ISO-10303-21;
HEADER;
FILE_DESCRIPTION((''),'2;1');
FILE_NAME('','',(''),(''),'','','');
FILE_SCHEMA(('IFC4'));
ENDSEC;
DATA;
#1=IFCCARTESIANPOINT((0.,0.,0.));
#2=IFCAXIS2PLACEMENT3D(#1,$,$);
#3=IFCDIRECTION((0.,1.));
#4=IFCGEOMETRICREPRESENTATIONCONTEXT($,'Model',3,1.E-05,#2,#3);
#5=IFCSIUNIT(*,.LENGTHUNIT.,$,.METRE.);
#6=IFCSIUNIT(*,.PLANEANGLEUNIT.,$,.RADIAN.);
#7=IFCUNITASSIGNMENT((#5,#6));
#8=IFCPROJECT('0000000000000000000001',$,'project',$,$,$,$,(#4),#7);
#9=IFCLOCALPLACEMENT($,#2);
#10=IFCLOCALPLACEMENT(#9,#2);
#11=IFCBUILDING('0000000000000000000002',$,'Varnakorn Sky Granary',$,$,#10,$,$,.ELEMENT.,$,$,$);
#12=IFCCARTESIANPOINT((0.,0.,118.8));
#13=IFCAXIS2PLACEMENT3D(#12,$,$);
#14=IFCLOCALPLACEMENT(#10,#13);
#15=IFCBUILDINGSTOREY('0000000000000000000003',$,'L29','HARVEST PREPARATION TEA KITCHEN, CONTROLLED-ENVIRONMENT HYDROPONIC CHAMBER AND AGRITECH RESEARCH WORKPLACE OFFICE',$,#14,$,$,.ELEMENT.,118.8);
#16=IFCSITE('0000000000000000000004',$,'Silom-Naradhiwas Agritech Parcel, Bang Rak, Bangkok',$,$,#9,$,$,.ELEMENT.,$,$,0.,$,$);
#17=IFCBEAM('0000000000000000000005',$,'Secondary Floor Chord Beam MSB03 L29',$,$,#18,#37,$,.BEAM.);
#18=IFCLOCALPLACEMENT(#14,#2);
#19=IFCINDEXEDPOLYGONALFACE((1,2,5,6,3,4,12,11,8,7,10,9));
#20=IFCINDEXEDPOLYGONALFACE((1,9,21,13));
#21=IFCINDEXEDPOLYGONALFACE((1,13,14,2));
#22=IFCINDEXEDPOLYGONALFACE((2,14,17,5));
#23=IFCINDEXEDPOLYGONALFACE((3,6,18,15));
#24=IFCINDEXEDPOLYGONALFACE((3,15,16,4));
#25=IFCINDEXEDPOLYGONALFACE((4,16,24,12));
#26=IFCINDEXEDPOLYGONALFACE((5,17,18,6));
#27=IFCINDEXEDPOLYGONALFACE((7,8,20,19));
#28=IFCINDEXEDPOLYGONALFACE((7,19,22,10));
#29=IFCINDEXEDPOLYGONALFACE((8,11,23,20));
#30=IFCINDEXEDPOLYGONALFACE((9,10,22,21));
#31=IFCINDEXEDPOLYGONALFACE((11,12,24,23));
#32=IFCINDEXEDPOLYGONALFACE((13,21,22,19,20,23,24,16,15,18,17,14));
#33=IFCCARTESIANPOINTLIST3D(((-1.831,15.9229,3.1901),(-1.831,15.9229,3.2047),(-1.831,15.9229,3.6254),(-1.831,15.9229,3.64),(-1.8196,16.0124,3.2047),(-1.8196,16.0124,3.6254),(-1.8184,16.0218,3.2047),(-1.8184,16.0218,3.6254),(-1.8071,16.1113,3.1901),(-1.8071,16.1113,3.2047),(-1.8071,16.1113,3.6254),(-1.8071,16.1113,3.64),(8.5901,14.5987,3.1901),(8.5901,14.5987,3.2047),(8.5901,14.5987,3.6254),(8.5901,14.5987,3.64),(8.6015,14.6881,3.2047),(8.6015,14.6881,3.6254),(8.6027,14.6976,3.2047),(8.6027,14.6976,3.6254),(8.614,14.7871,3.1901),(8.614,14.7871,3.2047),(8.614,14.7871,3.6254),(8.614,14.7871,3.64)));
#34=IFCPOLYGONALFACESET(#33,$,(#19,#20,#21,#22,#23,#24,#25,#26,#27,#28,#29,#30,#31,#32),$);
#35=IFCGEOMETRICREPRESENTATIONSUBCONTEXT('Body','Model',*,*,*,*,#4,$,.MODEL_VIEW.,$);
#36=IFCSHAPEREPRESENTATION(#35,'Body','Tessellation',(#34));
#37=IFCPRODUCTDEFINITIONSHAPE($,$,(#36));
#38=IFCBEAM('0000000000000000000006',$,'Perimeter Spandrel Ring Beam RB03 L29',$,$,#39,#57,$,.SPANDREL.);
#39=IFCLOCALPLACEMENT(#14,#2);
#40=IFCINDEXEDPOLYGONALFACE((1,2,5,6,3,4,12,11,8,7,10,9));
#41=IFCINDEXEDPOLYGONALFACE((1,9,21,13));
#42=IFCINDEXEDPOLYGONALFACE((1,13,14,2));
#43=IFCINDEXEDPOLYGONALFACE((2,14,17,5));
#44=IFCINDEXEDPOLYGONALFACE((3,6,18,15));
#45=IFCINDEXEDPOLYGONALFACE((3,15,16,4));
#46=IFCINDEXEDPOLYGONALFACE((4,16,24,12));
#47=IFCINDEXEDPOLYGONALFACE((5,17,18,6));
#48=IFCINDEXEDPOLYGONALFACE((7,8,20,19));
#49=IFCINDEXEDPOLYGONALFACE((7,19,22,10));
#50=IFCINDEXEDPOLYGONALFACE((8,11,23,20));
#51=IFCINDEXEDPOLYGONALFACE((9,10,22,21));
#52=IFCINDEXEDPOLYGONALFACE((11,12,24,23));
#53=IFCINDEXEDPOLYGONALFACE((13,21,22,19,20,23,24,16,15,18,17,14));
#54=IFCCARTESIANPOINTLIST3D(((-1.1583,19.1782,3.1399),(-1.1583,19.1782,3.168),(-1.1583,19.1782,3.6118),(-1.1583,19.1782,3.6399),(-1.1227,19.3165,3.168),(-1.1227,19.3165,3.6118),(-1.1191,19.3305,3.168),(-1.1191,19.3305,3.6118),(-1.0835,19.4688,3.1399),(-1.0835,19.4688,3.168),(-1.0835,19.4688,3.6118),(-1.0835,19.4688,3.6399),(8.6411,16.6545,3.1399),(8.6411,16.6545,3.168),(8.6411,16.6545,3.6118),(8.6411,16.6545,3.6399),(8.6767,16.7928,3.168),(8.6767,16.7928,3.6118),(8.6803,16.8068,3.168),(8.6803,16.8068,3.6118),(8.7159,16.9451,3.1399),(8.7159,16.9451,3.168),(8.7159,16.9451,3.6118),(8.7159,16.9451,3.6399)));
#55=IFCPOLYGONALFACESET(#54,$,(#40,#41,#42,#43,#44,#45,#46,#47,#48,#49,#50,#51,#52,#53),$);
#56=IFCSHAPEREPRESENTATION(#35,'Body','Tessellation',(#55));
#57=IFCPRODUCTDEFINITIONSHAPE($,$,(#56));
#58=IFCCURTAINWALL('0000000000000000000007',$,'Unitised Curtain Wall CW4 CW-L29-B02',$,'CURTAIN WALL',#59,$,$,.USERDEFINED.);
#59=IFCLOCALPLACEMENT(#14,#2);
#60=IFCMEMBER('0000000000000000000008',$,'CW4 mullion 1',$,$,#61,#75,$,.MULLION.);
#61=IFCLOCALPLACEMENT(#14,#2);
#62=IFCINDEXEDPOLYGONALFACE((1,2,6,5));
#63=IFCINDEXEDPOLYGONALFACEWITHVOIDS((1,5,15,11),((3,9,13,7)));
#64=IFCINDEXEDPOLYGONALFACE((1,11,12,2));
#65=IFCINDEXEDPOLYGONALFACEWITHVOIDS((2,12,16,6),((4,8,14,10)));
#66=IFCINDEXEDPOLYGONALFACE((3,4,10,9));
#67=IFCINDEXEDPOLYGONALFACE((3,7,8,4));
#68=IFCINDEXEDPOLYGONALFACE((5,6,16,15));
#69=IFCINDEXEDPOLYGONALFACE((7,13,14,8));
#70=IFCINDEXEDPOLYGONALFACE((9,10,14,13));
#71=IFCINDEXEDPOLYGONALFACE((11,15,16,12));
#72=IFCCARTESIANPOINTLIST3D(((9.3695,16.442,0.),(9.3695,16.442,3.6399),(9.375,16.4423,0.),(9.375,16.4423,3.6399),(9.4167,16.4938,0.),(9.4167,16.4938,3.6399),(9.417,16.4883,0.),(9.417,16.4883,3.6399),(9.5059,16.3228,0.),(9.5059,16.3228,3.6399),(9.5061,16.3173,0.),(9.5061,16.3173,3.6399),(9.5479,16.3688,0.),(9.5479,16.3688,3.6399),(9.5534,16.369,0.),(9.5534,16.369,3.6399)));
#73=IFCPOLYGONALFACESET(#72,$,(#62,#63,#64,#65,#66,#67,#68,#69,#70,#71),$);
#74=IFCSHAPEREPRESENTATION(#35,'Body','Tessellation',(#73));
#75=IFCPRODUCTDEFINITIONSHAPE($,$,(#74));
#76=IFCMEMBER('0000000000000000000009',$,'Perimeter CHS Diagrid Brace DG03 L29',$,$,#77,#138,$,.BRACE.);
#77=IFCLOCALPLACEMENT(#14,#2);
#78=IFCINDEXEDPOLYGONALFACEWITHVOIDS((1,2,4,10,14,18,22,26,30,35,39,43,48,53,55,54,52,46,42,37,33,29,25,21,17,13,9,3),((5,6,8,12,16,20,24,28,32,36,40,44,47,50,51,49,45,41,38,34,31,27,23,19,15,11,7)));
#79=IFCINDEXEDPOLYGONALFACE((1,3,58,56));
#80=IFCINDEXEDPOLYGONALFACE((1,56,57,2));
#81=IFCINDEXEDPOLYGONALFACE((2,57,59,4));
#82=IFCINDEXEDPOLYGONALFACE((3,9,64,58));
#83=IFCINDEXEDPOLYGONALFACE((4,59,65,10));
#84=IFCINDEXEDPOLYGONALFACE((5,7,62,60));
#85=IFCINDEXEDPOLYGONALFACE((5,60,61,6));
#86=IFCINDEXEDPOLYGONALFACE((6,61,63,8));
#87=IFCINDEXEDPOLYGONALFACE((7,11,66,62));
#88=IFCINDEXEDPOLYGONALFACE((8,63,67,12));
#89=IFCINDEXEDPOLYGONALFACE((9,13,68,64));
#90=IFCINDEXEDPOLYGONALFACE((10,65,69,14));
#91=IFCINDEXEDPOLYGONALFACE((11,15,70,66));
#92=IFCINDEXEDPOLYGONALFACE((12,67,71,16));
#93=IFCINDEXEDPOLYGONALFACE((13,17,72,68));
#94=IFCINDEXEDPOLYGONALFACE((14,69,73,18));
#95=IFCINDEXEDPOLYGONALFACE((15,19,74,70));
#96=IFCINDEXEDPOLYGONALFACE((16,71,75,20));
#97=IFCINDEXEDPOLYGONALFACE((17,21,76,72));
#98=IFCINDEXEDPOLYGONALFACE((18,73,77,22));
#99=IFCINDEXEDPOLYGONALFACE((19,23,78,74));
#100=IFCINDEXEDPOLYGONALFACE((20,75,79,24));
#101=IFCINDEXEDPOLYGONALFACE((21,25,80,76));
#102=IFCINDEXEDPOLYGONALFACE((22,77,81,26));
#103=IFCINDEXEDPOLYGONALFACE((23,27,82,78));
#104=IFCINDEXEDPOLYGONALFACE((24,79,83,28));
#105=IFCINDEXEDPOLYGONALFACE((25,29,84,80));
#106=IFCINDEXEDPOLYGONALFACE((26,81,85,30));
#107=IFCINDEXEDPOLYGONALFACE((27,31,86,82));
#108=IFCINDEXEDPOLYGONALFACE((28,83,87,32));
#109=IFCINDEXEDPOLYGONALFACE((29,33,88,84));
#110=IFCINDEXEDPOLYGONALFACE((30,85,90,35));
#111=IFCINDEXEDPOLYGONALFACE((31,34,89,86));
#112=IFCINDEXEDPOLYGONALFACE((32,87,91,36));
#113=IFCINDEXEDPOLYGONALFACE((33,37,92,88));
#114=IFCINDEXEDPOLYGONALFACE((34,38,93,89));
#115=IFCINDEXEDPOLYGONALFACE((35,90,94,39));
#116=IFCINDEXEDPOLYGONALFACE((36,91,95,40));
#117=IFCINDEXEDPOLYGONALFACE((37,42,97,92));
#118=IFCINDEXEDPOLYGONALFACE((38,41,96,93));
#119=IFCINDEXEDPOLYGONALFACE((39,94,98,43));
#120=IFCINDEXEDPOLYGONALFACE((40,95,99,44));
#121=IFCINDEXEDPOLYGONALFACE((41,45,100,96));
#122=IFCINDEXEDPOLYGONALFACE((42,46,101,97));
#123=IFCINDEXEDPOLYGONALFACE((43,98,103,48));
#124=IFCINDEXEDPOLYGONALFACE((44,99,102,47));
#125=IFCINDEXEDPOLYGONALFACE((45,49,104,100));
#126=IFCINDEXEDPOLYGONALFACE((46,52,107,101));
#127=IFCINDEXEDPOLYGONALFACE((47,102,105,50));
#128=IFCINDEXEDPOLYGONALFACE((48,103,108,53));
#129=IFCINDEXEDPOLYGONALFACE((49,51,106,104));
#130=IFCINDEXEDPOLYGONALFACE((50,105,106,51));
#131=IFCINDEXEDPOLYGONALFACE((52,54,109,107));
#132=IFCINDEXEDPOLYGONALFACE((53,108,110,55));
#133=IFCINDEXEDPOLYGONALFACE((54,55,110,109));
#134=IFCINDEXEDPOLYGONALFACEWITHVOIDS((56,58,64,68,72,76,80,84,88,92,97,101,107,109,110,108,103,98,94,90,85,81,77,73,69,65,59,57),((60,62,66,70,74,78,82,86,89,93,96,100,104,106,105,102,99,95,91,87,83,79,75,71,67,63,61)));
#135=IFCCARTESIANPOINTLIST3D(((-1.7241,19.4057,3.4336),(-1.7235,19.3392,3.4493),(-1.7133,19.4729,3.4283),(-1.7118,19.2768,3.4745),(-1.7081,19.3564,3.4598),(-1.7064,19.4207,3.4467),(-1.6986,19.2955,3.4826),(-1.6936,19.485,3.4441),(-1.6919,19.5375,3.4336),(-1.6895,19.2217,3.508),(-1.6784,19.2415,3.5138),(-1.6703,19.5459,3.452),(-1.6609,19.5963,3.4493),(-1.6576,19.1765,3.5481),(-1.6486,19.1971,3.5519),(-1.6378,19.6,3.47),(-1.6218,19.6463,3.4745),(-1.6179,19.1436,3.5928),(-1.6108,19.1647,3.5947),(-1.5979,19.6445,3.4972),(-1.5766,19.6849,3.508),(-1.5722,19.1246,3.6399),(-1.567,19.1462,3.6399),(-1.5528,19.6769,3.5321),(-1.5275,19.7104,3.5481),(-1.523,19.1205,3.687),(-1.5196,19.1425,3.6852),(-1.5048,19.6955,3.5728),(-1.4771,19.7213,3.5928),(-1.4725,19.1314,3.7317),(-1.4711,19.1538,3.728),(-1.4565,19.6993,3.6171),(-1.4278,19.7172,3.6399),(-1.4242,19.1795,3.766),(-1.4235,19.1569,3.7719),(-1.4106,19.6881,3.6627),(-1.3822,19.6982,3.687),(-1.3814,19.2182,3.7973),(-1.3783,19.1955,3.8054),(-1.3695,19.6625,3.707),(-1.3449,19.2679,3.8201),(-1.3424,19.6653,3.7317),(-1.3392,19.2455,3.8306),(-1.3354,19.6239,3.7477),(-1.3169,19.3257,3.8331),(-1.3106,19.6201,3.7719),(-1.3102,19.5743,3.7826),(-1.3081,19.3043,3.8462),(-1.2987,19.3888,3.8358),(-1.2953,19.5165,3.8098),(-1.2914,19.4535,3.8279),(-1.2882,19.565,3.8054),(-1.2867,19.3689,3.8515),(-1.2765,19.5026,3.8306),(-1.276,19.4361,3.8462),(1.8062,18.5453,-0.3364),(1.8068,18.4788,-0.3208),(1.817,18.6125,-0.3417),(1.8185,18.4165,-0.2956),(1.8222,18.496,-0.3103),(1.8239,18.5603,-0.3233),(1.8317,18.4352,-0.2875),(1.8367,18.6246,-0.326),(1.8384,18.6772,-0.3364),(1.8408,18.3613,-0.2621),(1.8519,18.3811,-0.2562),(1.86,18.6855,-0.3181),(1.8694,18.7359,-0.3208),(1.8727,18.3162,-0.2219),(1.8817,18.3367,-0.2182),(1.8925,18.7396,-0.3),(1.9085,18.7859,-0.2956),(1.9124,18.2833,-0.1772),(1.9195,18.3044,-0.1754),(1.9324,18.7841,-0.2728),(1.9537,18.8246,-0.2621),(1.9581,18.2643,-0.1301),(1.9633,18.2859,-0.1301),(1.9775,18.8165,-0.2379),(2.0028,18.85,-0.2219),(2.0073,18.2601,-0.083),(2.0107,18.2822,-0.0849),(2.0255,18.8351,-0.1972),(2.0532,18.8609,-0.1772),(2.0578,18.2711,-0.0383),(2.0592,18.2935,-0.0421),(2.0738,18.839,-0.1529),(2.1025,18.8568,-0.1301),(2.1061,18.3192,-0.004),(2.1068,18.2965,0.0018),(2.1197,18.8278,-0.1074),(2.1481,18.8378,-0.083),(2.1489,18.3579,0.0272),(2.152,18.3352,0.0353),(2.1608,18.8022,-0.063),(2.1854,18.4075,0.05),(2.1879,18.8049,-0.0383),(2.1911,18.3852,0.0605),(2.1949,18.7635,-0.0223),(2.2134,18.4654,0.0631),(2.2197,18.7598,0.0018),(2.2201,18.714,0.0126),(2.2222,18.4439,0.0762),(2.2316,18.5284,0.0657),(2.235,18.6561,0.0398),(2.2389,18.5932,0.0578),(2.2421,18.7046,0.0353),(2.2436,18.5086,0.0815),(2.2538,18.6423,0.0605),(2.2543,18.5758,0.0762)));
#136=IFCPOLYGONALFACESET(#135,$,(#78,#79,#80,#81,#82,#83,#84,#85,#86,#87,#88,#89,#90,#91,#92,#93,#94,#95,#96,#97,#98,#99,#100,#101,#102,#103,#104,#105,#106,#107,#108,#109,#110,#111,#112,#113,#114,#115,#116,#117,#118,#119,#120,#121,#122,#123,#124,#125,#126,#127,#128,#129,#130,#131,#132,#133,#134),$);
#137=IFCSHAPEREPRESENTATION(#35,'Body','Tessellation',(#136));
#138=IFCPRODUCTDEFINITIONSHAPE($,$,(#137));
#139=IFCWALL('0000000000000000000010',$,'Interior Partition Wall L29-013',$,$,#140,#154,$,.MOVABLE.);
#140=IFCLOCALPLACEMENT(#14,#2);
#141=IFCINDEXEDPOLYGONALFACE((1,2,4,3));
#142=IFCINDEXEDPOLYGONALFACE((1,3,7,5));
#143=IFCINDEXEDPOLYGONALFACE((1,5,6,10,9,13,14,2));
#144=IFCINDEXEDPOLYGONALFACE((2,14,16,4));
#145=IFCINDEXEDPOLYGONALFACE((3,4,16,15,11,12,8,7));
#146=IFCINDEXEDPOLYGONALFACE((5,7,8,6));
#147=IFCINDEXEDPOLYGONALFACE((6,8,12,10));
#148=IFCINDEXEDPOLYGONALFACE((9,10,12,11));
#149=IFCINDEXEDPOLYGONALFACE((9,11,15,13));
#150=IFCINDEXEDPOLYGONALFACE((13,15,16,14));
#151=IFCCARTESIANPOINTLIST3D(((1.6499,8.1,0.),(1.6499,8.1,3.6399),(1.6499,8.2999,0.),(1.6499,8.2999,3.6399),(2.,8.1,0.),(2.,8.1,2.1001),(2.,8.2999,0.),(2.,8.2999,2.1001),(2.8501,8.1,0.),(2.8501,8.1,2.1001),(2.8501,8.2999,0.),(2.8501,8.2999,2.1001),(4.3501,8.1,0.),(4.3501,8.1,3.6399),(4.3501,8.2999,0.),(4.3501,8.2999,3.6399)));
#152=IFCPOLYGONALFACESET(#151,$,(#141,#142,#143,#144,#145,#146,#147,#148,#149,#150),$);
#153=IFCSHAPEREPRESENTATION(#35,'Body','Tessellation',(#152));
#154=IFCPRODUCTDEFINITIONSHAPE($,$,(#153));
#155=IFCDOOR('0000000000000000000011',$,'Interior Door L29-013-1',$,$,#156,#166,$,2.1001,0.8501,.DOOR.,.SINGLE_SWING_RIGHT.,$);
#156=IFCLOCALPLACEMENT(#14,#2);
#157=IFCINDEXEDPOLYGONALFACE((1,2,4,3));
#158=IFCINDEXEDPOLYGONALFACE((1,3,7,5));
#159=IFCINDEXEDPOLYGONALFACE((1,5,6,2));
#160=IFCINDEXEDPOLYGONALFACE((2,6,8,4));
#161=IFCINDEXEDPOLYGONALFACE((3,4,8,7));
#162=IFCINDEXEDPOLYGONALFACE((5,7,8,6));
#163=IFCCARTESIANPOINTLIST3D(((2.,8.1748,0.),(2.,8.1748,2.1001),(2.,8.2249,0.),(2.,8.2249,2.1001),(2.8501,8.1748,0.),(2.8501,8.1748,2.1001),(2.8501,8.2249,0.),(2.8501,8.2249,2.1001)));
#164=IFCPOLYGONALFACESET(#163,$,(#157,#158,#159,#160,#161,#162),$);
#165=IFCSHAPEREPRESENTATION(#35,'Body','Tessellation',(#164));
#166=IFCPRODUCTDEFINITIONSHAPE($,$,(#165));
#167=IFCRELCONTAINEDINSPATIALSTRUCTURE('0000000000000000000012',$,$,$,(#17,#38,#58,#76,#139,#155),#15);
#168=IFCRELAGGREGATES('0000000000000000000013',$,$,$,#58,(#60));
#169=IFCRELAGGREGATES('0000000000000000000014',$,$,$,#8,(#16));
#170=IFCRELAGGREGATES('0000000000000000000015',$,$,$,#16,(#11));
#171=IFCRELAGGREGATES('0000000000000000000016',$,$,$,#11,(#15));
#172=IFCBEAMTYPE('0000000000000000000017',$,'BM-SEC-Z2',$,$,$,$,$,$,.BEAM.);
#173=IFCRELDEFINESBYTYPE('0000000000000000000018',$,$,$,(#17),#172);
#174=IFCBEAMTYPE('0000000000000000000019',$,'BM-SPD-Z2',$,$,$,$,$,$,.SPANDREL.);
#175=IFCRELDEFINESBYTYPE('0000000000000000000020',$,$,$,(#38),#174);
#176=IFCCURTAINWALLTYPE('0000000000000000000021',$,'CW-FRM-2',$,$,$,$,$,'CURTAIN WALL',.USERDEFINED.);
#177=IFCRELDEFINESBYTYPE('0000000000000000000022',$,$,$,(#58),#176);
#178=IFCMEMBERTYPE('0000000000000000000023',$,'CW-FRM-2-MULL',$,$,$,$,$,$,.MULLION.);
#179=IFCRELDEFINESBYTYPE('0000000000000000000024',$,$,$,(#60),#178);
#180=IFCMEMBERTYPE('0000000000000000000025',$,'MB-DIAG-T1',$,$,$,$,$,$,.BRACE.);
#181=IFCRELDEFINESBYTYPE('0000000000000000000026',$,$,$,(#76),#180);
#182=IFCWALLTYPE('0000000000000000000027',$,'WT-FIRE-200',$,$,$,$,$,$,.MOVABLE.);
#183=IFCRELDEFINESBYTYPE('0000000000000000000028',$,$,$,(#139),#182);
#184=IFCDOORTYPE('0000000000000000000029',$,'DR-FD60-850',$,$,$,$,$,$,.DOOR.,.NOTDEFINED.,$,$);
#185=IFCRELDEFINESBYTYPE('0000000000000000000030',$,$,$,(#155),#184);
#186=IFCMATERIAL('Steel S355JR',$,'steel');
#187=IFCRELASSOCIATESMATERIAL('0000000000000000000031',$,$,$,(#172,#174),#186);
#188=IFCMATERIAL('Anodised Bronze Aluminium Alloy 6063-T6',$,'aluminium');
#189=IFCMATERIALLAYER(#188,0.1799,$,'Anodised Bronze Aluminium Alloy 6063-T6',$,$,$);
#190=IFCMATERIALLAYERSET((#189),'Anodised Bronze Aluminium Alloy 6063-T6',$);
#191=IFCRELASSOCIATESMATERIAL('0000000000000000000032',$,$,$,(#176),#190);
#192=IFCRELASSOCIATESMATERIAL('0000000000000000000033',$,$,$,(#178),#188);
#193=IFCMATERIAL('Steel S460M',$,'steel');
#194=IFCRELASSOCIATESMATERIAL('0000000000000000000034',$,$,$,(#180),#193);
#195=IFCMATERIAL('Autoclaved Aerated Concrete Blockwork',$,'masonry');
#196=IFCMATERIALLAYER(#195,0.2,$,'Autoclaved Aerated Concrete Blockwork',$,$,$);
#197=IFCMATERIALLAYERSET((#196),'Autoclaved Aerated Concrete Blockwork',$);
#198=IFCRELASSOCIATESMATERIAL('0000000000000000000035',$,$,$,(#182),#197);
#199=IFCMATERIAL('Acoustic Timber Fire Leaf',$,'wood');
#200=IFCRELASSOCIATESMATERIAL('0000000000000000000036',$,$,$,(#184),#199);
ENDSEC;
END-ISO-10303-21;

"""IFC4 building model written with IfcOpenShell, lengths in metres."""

from ifc_helpers import new_model, si_unit, direction, frame, frame_2d, origin, origin_2d, place, context, subcontext, project, spatial, rectangle, hollow_rectangle, hollow_circle, i_section, extrude, material, layer, layer_set, material_profile, profile_set, type_object, element, fill, aggregate, save


model = new_model("IFC4")

# Units and contexts
model_context = context("Model", 3, precision=1e-05, world=origin(), true_north=direction((0.0, 1.0)))
body_context = subcontext(model_context, "Body", "Model", "MODEL_VIEW")
ifc_project = project(units=[si_unit("LENGTHUNIT", "METRE"), si_unit("PLANEANGLEUNIT", "RADIAN")], contexts=[model_context])

# Site, building, storey
site_placement = place(None, origin())
site = spatial("IfcSite", under=ifc_project, at=site_placement, Name="Silom-Naradhiwas Agritech Parcel, Bang Rak, Bangkok", CompositionType="ELEMENT", RefElevation=0.0)
building_placement = place(site_placement, origin())
building = spatial("IfcBuilding", under=site, at=building_placement, Name="Varnakorn Sky Granary", CompositionType="ELEMENT")
storey_placement = place(building_placement, frame((0.0, 0.0, 118.8)))
storey = spatial("IfcBuildingStorey", under=building, at=storey_placement, Name="L29", Description="HARVEST PREPARATION TEA KITCHEN, CONTROLLED-ENVIRONMENT HYDROPONIC CHAMBER AND AGRITECH RESEARCH WORKPLACE OFFICE", CompositionType="ELEMENT", Elevation=118.8)

# Shared definitions
ifc_material_1 = material(Name="Steel S460M", Category="steel")

# Beams
ifc_material_2 = material(Name="Steel S355JR", Category="steel")
ifc_material_profile_1 = material_profile(ifc_material_2, i_section(OverallWidth=0.1899, OverallDepth=0.45, WebThickness=0.0095, FlangeThickness=0.0146, at=origin_2d()), Name="IPE 450")
ifc_profile_set_1 = profile_set([ifc_material_profile_1], Name="Steel S355JR")
beam_type_1 = type_object("IfcBeamType", Name="BM-SEC-Z2", PredefinedType="BEAM", material=ifc_profile_set_1)
beam_1_placement = place(storey_placement, frame((8.6021, 14.6929, 3.415), z_axis=(-0.992023, 0.126057, 0.0), x_axis=(-0.126057, -0.992023, 0.0)))
element("IfcBeam", 1, at=beam_1_placement, inside=storey, type_object=beam_type_1, Name="Secondary Floor Chord Beam MSB03 L29", PredefinedType="BEAM", context=body_context, shape_type="SweptSolid", body=[
    extrude(i_section(OverallWidth=0.1899, OverallDepth=0.45, WebThickness=0.0095, FlangeThickness=0.0146, at=origin_2d()), origin(), (0.0, 0.0, 1.0), 10.5049),
])
ifc_material_profile_2 = material_profile(ifc_material_2, i_section(OverallWidth=0.3, OverallDepth=0.5, WebThickness=0.0144, FlangeThickness=0.0281, at=origin_2d()), Name="HE 500 B")
ifc_profile_set_2 = profile_set([ifc_material_profile_2], Name="Steel S355JR")
beam_type_2 = type_object("IfcBeamType", Name="BM-SPD-Z2", PredefinedType="SPANDREL", material=ifc_profile_set_2)
beam_2_placement = place(storey_placement, frame((8.6785, 16.7998, 3.3899), z_axis=(-0.968401, 0.249399, 0.0), x_axis=(-0.249399, -0.968401, 0.0)))
element("IfcBeam", 2, at=beam_2_placement, inside=storey, type_object=beam_type_2, Name="Perimeter Spandrel Ring Beam RB03 L29", PredefinedType="SPANDREL", context=body_context, shape_type="SweptSolid", body=[
    extrude(i_section(OverallWidth=0.3, OverallDepth=0.5, WebThickness=0.0144, FlangeThickness=0.0281, at=origin_2d()), origin(), (0.0, 0.0, 1.0), 10.1191),
])

# Curtain wall, member
ifc_material_3 = material(Name="Anodised Bronze Aluminium Alloy 6063-T6", Category="aluminium")
ifc_layer_1 = layer(ifc_material_3, 0.1799, Name="Anodised Bronze Aluminium Alloy 6063-T6")
ifc_layer_set_1 = layer_set([ifc_layer_1], Name="Anodised Bronze Aluminium Alloy 6063-T6")
curtain_wall_type = type_object("IfcCurtainWallType", Name="CW-FRM-2", ElementType="CURTAIN WALL", PredefinedType="USERDEFINED", material=ifc_layer_set_1)
curtain_wall_placement = place(storey_placement, origin())
curtain_wall = element("IfcCurtainWall", 3, at=curtain_wall_placement, inside=storey, type_object=curtain_wall_type, Name="Unitised Curtain Wall CW4 CW-L29-B02", ObjectType="CURTAIN WALL", PredefinedType="USERDEFINED")
ifc_material_profile_3 = material_profile(ifc_material_3, hollow_rectangle(XDim=0.0701, YDim=0.1851, WallThickness=0.0039, at=origin_2d()), Name="ALU MULL 70x185")
ifc_profile_set_3 = profile_set([ifc_material_profile_3], Name="Anodised Bronze Aluminium Alloy 6063-T6")
member_type_1 = type_object("IfcMemberType", Name="CW-FRM-2-MULL", PredefinedType="MULLION", material=ifc_profile_set_3)
member_1_placement = place(storey_placement, frame((9.4614, 16.4055, 0.0), z_axis=(0.0, 0.0, 1.0), x_axis=(0.674153, 0.738592, 0.0)))
member_1 = element("IfcMember", 4, at=member_1_placement, type_object=member_type_1, Name="CW4 mullion 1", PredefinedType="MULLION", context=body_context, shape_type="SweptSolid", body=[
    extrude(hollow_rectangle(XDim=0.0701, YDim=0.1851, WallThickness=0.0039, at=origin_2d()), origin(), (0.0, 0.0, 1.0), 3.6399),
])
aggregate(curtain_wall, [member_1])

# Member
ifc_material_profile_4 = material_profile(ifc_material_1, hollow_circle(Radius=0.3049, WallThickness=0.0222, at=origin_2d()), Name="CHS 610x22")
ifc_profile_set_4 = profile_set([ifc_material_profile_4], Name="Steel S460M")
member_type_2 = type_object("IfcMemberType", Name="MB-DIAG-T1", PredefinedType="BRACE", material=ifc_profile_set_4)
member_2_placement = place(storey_placement, frame((2.0303, 18.5605, -0.1301), z_axis=(-0.674226, 0.164314, 0.720014), x_axis=(-0.236777, -0.971564, 0.0)))
element("IfcMember", 5, at=member_2_placement, inside=storey, type_object=member_type_2, Name="Perimeter CHS Diagrid Brace DG03 L29", PredefinedType="BRACE", context=body_context, shape_type="SweptSolid", body=[
    extrude(hollow_circle(Radius=0.3049, WallThickness=0.0222, at=origin_2d()), origin(), (0.0, 0.0, 1.0), 5.2361),
])

# Wall, opening, door
ifc_material_4 = material(Name="Autoclaved Aerated Concrete Blockwork", Category="masonry")
ifc_layer_2 = layer(ifc_material_4, 0.2, Name="Autoclaved Aerated Concrete Blockwork")
ifc_layer_set_2 = layer_set([ifc_layer_2], Name="Autoclaved Aerated Concrete Blockwork")
wall_type_1 = type_object("IfcWallType", Name="WT-FIRE-200", PredefinedType="MOVABLE", material=ifc_layer_set_2)
wall_1_placement = place(storey_placement, frame((1.6499, 8.2, 0.0), z_axis=(0.0, 0.0, 1.0), x_axis=(1.0, 0.0, 0.0)))
wall_1 = element("IfcWall", 6, at=wall_1_placement, inside=storey, type_object=wall_type_1, Name="Interior Partition Wall L29-013", PredefinedType="MOVABLE", context=body_context, shape_type="SweptSolid", body=[
    extrude(rectangle(XDim=2.7002, YDim=0.2, at=frame_2d((1.3501, 0.0))), origin(), (0.0, 0.0, 1.0), 3.6399),
])
opening_1_placement = place(wall_1_placement, frame((0.3501, 0.0, 0.0)))
opening_1 = element("IfcOpeningElement", 7, at=opening_1_placement, cuts=wall_1, PredefinedType="OPENING", context=body_context, shape_type="SweptSolid", body=[
    extrude(rectangle(XDim=0.8501, YDim=2.1001, at=frame_2d((0.425, 1.05))), frame((0.0, 0.1099, 0.0), z_axis=(0.0, -1.0, 0.0), x_axis=(1.0, 0.0, 0.0)), (0.0, 0.0, 1.0), 0.22),
])
ifc_material_5 = material(Name="Acoustic Timber Fire Leaf", Category="wood")
door_type_1 = type_object("IfcDoorType", Name="DR-FD60-850", OperationType="NOTDEFINED", PredefinedType="DOOR", material=ifc_material_5)
door_1_placement = place(opening_1_placement, origin())
door_1 = element("IfcDoor", 8, at=door_1_placement, inside=storey, type_object=door_type_1, Name="Interior Door L29-013-1", OperationType="SINGLE_SWING_RIGHT", OverallHeight=2.1001, OverallWidth=0.8501, PredefinedType="DOOR", context=body_context, shape_type="SweptSolid", body=[
    extrude(rectangle(XDim=0.8501, YDim=2.1001, at=frame_2d((0.425, 1.05))), frame((0.0, 0.0249, 0.0), z_axis=(0.0, -1.0, 0.0), x_axis=(1.0, 0.0, 0.0)), (0.0, 0.0, 1.0), 0.05),
])
fill(opening_1, door_1)

save(model, "model.ifc")
